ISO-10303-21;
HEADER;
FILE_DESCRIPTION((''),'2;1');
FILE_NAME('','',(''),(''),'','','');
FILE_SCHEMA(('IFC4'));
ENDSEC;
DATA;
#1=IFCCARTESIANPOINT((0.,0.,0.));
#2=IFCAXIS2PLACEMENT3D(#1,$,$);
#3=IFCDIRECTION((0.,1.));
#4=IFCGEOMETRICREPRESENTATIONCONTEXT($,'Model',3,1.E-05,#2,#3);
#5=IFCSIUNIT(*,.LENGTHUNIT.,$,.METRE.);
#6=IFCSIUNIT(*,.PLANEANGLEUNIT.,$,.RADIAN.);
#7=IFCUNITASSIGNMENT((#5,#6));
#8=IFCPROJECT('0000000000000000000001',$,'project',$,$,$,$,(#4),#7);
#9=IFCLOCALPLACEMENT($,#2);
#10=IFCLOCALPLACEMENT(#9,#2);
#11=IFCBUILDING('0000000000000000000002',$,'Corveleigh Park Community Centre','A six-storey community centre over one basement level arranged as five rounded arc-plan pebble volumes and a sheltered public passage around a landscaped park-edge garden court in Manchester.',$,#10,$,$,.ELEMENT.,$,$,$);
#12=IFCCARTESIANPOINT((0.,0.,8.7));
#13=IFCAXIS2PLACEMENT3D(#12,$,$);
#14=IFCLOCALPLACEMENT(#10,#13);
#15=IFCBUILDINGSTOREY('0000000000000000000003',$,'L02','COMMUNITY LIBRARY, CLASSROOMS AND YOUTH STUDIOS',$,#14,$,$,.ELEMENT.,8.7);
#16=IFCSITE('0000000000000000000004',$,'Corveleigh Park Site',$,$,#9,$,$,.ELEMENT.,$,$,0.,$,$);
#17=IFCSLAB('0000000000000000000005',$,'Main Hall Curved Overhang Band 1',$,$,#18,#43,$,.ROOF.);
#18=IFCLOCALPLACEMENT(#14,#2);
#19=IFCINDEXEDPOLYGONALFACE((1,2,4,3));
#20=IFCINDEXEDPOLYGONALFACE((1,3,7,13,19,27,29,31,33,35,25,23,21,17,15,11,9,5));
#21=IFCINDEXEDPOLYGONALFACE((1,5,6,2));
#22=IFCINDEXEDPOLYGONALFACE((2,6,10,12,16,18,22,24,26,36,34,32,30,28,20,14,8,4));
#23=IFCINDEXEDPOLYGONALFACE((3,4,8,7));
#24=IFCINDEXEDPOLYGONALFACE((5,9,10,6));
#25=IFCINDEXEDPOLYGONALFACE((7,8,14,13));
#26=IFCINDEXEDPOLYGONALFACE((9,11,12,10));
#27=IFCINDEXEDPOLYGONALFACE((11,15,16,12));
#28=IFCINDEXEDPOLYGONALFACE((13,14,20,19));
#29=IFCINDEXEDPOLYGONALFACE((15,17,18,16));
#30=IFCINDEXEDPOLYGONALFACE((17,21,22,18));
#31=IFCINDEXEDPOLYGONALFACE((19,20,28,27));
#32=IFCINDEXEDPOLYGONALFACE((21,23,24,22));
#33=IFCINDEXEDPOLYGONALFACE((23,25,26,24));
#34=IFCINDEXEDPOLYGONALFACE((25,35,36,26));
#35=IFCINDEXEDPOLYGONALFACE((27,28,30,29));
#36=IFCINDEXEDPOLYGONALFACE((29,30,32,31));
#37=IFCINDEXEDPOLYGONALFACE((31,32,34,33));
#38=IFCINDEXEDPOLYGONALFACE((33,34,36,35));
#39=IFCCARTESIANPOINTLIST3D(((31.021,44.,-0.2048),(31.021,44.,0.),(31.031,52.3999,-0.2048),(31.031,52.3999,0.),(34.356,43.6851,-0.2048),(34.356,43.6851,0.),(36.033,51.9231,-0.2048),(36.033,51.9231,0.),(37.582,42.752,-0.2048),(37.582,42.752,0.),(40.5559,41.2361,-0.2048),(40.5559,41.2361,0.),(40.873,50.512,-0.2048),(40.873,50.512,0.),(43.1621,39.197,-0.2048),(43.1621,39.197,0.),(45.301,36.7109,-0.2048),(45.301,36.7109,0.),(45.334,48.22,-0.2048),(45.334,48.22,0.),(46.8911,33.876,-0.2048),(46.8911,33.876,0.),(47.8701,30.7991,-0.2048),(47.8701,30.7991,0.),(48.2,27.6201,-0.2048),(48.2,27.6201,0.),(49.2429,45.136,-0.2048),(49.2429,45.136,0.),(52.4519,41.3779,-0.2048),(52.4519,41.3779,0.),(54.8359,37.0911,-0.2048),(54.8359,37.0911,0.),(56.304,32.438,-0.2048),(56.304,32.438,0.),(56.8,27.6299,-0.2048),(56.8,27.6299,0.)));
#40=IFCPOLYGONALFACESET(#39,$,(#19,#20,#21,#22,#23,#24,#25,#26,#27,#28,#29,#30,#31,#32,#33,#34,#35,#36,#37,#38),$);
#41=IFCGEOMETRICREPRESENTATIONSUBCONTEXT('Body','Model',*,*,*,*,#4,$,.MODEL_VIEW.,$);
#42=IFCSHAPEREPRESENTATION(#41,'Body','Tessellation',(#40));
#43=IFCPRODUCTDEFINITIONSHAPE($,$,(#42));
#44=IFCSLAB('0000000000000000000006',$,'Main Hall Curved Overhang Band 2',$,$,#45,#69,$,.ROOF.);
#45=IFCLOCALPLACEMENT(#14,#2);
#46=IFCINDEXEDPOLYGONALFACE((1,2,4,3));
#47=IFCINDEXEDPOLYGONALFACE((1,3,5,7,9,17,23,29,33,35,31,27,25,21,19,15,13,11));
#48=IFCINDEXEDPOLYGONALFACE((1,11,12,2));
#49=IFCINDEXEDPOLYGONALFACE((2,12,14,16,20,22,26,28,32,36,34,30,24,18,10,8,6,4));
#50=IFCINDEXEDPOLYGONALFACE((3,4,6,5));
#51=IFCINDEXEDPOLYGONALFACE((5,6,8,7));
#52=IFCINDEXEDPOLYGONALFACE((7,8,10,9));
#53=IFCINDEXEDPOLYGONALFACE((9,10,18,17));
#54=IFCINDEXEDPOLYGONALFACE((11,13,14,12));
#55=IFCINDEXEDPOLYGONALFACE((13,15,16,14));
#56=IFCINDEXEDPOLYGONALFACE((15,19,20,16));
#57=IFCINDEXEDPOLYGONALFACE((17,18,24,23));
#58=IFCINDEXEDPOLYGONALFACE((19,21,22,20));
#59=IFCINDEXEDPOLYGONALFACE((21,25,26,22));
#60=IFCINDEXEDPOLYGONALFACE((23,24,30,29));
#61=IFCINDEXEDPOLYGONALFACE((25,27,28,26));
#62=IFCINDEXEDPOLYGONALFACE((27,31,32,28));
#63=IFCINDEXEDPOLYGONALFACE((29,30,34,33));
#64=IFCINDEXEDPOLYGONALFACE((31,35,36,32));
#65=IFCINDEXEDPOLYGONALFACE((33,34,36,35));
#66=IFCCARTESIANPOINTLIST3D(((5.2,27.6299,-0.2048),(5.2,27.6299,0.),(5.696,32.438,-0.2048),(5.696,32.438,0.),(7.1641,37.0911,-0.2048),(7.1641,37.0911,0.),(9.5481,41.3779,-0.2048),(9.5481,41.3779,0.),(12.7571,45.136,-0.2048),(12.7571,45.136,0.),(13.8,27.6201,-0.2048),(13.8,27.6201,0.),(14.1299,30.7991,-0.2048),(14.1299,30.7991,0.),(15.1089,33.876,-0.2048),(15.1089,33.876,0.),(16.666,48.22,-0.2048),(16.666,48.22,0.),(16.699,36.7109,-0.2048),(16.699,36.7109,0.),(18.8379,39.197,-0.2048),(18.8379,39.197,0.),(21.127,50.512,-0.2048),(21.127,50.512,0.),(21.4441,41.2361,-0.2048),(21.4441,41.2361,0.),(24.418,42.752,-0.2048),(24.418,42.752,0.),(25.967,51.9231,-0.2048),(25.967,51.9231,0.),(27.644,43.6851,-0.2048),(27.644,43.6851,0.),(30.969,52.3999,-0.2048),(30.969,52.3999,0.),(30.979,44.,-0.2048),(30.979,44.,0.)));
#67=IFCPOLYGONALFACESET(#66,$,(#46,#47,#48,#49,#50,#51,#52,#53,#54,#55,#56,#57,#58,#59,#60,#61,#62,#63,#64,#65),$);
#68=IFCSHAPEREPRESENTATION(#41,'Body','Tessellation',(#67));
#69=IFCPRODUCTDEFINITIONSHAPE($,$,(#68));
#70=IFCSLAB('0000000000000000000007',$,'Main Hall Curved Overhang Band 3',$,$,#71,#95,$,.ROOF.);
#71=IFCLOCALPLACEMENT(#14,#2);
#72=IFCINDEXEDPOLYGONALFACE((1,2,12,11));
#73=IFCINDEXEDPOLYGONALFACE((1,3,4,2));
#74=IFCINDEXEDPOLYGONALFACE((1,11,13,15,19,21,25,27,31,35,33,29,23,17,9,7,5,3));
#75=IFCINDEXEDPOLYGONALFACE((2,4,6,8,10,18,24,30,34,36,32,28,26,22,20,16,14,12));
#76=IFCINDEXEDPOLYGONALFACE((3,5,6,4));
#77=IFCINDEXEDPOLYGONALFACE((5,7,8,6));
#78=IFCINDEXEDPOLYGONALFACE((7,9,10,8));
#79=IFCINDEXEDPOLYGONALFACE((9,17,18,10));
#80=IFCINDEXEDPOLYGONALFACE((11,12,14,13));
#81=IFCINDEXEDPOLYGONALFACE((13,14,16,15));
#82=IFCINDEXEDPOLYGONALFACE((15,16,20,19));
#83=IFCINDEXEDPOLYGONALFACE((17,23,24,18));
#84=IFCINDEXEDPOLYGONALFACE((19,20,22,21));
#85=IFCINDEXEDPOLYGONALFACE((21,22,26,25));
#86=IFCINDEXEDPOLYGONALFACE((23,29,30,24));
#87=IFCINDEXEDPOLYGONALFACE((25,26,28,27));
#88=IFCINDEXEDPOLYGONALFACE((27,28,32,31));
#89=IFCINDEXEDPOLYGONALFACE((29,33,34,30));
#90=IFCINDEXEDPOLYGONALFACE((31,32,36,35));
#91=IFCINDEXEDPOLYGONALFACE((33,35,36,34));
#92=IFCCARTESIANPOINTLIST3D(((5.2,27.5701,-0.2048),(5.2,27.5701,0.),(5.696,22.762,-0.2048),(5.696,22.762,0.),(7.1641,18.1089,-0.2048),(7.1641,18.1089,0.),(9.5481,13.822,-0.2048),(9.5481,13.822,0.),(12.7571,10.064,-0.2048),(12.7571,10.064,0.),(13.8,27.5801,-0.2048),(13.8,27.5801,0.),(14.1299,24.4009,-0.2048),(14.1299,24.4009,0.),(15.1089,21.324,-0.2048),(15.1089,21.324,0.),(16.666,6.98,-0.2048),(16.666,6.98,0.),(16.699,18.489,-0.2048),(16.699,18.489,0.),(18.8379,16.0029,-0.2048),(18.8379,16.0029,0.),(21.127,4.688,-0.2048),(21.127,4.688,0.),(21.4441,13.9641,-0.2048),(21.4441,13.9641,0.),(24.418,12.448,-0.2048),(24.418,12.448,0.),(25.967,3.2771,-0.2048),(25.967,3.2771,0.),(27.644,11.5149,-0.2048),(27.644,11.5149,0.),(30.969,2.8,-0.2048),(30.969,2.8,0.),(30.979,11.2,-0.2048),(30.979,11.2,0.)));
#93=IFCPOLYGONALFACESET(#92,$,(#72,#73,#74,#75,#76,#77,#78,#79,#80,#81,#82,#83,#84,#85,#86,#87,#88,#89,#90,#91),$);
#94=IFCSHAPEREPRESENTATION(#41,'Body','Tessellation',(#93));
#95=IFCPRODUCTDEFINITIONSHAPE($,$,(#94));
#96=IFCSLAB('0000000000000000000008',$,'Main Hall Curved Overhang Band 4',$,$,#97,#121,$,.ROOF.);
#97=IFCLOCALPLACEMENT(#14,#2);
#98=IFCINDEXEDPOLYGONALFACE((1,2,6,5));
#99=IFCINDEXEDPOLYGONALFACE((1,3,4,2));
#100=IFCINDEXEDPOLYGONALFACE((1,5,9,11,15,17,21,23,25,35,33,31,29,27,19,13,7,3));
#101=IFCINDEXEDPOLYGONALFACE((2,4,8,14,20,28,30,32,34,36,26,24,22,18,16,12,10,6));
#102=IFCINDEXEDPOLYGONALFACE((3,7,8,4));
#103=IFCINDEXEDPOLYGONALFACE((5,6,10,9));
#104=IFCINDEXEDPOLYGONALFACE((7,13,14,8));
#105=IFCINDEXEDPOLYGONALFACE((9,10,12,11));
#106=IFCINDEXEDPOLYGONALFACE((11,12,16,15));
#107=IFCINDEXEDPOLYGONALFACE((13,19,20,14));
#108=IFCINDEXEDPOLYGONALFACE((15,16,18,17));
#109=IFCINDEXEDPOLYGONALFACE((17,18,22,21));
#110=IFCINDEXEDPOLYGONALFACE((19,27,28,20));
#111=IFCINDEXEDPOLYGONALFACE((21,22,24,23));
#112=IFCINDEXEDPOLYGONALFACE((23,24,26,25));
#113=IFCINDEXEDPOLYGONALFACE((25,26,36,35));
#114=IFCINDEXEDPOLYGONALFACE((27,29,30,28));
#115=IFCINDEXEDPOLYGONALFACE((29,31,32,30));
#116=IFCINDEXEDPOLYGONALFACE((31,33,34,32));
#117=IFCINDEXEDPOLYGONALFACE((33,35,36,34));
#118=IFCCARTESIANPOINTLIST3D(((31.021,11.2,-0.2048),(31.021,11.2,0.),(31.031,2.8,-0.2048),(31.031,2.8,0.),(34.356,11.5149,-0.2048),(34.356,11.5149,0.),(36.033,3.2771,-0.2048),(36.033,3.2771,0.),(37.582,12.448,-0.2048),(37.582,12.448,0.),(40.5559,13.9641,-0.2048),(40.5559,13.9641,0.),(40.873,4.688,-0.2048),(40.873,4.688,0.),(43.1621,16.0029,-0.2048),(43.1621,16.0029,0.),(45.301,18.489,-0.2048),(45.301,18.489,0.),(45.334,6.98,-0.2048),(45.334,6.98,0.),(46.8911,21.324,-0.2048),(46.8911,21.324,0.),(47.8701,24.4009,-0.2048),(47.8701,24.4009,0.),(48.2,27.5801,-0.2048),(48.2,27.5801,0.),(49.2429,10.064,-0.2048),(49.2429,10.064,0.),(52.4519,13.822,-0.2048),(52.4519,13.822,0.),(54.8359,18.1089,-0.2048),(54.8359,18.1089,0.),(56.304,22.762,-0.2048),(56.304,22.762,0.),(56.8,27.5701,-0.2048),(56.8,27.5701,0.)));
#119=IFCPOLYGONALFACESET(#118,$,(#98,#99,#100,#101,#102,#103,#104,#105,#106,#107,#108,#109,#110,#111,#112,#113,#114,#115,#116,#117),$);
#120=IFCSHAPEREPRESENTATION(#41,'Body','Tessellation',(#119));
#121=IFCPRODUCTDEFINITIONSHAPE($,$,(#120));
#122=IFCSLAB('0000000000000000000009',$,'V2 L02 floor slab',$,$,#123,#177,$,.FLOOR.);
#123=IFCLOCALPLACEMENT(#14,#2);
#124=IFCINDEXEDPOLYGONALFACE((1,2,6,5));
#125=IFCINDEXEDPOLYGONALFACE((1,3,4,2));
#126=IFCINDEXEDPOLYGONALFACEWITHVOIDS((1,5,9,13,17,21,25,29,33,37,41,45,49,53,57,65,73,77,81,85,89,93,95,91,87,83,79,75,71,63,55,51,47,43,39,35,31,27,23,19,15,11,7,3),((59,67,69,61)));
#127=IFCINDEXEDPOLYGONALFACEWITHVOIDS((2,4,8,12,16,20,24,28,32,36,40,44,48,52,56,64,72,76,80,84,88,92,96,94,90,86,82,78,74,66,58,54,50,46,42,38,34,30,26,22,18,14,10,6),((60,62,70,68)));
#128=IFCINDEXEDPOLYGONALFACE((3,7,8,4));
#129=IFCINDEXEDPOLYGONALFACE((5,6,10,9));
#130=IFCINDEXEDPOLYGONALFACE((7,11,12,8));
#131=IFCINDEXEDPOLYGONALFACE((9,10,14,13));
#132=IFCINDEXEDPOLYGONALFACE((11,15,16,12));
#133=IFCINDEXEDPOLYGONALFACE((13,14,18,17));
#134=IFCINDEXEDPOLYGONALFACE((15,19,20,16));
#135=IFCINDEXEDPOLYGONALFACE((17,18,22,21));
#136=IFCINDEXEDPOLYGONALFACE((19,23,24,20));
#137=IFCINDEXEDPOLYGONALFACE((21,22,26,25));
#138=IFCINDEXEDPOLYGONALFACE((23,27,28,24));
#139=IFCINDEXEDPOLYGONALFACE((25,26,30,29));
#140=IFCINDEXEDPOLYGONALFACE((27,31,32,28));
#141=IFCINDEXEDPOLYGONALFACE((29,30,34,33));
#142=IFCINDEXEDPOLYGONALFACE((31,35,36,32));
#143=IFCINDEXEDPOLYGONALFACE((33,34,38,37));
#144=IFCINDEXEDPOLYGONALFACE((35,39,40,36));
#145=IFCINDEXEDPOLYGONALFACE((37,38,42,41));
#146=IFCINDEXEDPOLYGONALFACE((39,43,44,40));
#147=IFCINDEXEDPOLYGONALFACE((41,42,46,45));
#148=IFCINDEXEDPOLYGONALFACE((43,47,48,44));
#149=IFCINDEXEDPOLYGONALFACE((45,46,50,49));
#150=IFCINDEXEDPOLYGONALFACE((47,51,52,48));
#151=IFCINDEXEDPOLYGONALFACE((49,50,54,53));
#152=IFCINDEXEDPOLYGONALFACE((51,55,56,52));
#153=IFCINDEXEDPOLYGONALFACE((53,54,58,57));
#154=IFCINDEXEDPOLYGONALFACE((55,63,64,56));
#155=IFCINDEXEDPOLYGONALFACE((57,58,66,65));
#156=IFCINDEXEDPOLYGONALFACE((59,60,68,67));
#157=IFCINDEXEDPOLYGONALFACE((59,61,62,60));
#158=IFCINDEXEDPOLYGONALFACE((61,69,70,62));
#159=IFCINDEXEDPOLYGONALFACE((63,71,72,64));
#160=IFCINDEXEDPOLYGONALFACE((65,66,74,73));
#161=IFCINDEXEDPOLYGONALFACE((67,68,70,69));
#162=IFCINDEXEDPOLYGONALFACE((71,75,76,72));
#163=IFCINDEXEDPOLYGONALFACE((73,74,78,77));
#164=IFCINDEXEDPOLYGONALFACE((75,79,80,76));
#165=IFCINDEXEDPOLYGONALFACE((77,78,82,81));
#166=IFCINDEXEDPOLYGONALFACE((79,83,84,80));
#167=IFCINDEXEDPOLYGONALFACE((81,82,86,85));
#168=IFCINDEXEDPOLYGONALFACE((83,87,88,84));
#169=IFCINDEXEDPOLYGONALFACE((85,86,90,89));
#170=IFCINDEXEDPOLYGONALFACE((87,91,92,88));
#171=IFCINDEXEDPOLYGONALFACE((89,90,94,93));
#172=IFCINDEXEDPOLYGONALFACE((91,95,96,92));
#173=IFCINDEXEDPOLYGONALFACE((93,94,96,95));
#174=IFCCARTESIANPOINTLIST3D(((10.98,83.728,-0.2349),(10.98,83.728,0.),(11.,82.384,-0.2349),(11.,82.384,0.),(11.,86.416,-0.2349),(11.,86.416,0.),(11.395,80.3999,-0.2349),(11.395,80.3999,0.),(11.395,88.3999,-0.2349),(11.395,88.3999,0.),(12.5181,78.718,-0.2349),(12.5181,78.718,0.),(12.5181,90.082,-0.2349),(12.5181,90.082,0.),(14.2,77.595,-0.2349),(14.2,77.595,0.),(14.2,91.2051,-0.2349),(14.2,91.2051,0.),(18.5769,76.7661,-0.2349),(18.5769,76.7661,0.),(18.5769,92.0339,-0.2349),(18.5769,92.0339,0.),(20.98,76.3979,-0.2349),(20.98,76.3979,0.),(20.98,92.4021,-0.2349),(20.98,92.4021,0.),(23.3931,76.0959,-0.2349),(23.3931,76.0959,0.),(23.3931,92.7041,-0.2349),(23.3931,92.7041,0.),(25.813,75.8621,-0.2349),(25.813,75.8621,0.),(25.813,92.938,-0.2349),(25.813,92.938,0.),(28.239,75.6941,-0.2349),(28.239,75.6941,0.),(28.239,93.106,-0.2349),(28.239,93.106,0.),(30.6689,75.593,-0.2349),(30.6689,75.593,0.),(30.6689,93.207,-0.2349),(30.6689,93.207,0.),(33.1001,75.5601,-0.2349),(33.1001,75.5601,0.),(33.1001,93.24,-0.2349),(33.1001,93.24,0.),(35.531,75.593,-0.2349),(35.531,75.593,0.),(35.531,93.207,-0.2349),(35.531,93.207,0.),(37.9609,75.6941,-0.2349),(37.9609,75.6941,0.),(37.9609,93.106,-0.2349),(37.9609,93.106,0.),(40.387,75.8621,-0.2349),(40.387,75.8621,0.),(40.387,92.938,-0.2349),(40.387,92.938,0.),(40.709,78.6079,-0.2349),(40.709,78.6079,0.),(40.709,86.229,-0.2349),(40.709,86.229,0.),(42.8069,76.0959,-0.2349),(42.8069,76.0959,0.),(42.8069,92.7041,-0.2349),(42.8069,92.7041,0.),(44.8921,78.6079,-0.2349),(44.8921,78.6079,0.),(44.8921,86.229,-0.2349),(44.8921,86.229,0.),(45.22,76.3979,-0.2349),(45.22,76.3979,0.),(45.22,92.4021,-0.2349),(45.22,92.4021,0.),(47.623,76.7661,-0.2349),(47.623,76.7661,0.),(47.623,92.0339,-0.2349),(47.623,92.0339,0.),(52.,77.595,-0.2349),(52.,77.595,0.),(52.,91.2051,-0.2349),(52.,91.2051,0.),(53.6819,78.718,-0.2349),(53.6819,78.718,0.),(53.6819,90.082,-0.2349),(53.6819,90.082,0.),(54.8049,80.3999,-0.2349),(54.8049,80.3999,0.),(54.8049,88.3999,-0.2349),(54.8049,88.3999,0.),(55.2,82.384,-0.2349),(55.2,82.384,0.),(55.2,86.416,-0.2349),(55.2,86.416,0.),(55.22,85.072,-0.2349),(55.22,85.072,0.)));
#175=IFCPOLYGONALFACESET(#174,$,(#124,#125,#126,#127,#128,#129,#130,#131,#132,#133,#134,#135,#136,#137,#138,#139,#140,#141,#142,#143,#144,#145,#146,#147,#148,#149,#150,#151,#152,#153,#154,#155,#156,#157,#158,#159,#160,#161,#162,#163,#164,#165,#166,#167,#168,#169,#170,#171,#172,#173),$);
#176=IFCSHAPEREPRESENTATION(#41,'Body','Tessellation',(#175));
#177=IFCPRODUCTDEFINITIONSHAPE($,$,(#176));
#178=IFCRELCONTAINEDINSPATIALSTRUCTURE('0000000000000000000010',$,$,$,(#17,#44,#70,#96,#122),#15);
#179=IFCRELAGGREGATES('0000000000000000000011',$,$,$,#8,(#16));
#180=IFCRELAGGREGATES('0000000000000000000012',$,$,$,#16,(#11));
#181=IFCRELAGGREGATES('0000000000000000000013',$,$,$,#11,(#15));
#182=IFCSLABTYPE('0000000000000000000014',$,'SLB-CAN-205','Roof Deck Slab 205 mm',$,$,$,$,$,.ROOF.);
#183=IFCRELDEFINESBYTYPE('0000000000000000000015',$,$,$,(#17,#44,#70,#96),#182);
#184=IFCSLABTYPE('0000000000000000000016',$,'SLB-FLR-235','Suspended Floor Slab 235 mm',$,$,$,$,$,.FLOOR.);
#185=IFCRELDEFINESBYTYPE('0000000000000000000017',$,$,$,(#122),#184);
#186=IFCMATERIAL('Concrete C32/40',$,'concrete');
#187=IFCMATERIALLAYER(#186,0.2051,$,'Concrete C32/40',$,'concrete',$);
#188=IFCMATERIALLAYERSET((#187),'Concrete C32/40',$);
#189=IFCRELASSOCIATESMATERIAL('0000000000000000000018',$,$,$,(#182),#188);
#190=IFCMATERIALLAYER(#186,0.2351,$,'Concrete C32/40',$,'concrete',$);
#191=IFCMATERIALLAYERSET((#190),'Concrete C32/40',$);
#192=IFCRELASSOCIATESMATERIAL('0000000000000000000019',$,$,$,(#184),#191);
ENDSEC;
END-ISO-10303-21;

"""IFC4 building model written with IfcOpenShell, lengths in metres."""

from ifc_helpers import new_model, si_unit, direction, frame, origin, place, context, subcontext, project, spatial, polyline, outline, extrude, material, layer, layer_set, type_object, element, save


model = new_model("IFC4")

# Units and contexts
model_context = context("Model", 3, precision=1e-05, world=origin(), true_north=direction((0.0, 1.0)))
body_context = subcontext(model_context, "Body", "Model", "MODEL_VIEW")
ifc_project = project(units=[si_unit("LENGTHUNIT", "METRE"), si_unit("PLANEANGLEUNIT", "RADIAN")], contexts=[model_context])

# Site, building, storey
site_placement = place(None, origin())
site = spatial("IfcSite", under=ifc_project, at=site_placement, Name="Corveleigh Park Site", CompositionType="ELEMENT", RefElevation=0.0)
building_placement = place(site_placement, origin())
building = spatial("IfcBuilding", under=site, at=building_placement, Name="Corveleigh Park Community Centre", Description="A six-storey community centre over one basement level arranged as five rounded arc-plan pebble volumes and a sheltered public passage around a landscaped park-edge garden court in Manchester.", CompositionType="ELEMENT")
storey_placement = place(building_placement, frame((0.0, 0.0, 8.7)))
storey = spatial("IfcBuildingStorey", under=building, at=storey_placement, Name="L02", Description="COMMUNITY LIBRARY, CLASSROOMS AND YOUTH STUDIOS", CompositionType="ELEMENT", Elevation=8.7)

# Slabs
ifc_material_1 = material(Name="Concrete C32/40", Category="concrete")
ifc_layer_1 = layer(ifc_material_1, 0.2051, Name="Concrete C32/40", Category="concrete")
ifc_layer_set_1 = layer_set([ifc_layer_1], Name="Concrete C32/40")
slab_type_1 = type_object("IfcSlabType", Name="SLB-CAN-205", Description="Roof Deck Slab 205 mm", PredefinedType="ROOF", material=ifc_layer_set_1)
slab_1_placement = place(storey_placement, frame((0.0, 0.0, -0.2048)))
element("IfcSlab", 1, at=slab_1_placement, inside=storey, type_object=slab_type_1, Name="Main Hall Curved Overhang Band 1", PredefinedType="ROOF", context=body_context, shape_type="SweptSolid", body=[
    extrude(outline(polyline([(48.2, 27.6201), (47.8701, 30.7991), (46.8911, 33.876), (45.301, 36.7109), (43.1621, 39.197), (40.5559, 41.2361), (37.582, 42.752), (34.356, 43.6851), (31.021, 44.0), (31.031, 52.3999), (36.033, 51.9231), (40.873, 50.512), (45.334, 48.22), (49.2429, 45.136), (52.4519, 41.3779), (54.8359, 37.0911), (56.304, 32.438), (56.8, 27.6299), (48.2, 27.6201)])), origin(), (0.0, 0.0, 1.0), 0.2048),
])
slab_2_placement = place(storey_placement, frame((0.0, 0.0, -0.2048)))
element("IfcSlab", 2, at=slab_2_placement, inside=storey, type_object=slab_type_1, Name="Main Hall Curved Overhang Band 2", PredefinedType="ROOF", context=body_context, shape_type="SweptSolid", body=[
    extrude(outline(polyline([(30.979, 44.0), (27.644, 43.6851), (24.418, 42.752), (21.4441, 41.2361), (18.8379, 39.197), (16.699, 36.7109), (15.1089, 33.876), (14.1299, 30.7991), (13.8, 27.6201), (5.2, 27.6299), (5.696, 32.438), (7.1641, 37.0911), (9.5481, 41.3779), (12.7571, 45.136), (16.666, 48.22), (21.127, 50.512), (25.967, 51.9231), (30.969, 52.3999), (30.979, 44.0)])), origin(), (0.0, 0.0, 1.0), 0.2048),
])
slab_3_placement = place(storey_placement, frame((0.0, 0.0, -0.2048)))
element("IfcSlab", 3, at=slab_3_placement, inside=storey, type_object=slab_type_1, Name="Main Hall Curved Overhang Band 3", PredefinedType="ROOF", context=body_context, shape_type="SweptSolid", body=[
    extrude(outline(polyline([(13.8, 27.5801), (14.1299, 24.4009), (15.1089, 21.324), (16.699, 18.489), (18.8379, 16.0029), (21.4441, 13.9641), (24.418, 12.448), (27.644, 11.5149), (30.979, 11.2), (30.969, 2.8), (25.967, 3.2771), (21.127, 4.688), (16.666, 6.98), (12.7571, 10.064), (9.5481, 13.822), (7.1641, 18.1089), (5.696, 22.762), (5.2, 27.5701), (13.8, 27.5801)])), origin(), (0.0, 0.0, 1.0), 0.2048),
])
slab_4_placement = place(storey_placement, frame((0.0, 0.0, -0.2048)))
element("IfcSlab", 4, at=slab_4_placement, inside=storey, type_object=slab_type_1, Name="Main Hall Curved Overhang Band 4", PredefinedType="ROOF", context=body_context, shape_type="SweptSolid", body=[
    extrude(outline(polyline([(31.021, 11.2), (34.356, 11.5149), (37.582, 12.448), (40.5559, 13.9641), (43.1621, 16.0029), (45.301, 18.489), (46.8911, 21.324), (47.8701, 24.4009), (48.2, 27.5801), (56.8, 27.5701), (56.304, 22.762), (54.8359, 18.1089), (52.4519, 13.822), (49.2429, 10.064), (45.334, 6.98), (40.873, 4.688), (36.033, 3.2771), (31.031, 2.8), (31.021, 11.2)])), origin(), (0.0, 0.0, 1.0), 0.2048),
])
ifc_layer_2 = layer(ifc_material_1, 0.2351, Name="Concrete C32/40", Category="concrete")
ifc_layer_set_2 = layer_set([ifc_layer_2], Name="Concrete C32/40")
slab_type_2 = type_object("IfcSlabType", Name="SLB-FLR-235", Description="Suspended Floor Slab 235 mm", PredefinedType="FLOOR", material=ifc_layer_set_2)
slab_5_placement = place(storey_placement, frame((0.0, 0.0, -0.2349)))
element("IfcSlab", 5, at=slab_5_placement, inside=storey, type_object=slab_type_2, Name="V2 L02 floor slab", PredefinedType="FLOOR", context=body_context, shape_type="SweptSolid", body=[
    extrude(outline(polyline([(14.2, 77.595), (12.5181, 78.718), (11.395, 80.3999), (11.0, 82.384), (10.98, 83.728), (11.0, 86.416), (11.395, 88.3999), (12.5181, 90.082), (14.2, 91.2051), (18.5769, 92.0339), (20.98, 92.4021), (23.3931, 92.7041), (25.813, 92.938), (28.239, 93.106), (30.6689, 93.207), (33.1001, 93.24), (35.531, 93.207), (37.9609, 93.106), (40.387, 92.938), (42.8069, 92.7041), (45.22, 92.4021), (47.623, 92.0339), (52.0, 91.2051), (53.6819, 90.082), (54.8049, 88.3999), (55.2, 86.416), (55.22, 85.072), (55.2, 82.384), (54.8049, 80.3999), (53.6819, 78.718), (52.0, 77.595), (47.623, 76.7661), (45.22, 76.3979), (42.8069, 76.0959), (40.387, 75.8621), (37.9609, 75.6941), (35.531, 75.593), (33.1001, 75.5601), (30.6689, 75.593), (28.239, 75.6941), (25.813, 75.8621), (23.3931, 76.0959), (20.98, 76.3979), (18.5769, 76.7661), (14.2, 77.595)]), holes=[polyline([(44.8921, 86.229), (40.709, 86.229), (40.709, 78.6079), (44.8921, 78.6079), (44.8921, 86.229)])]), origin(), (0.0, 0.0, 1.0), 0.2349),
])

save(model, "model.ifc")
